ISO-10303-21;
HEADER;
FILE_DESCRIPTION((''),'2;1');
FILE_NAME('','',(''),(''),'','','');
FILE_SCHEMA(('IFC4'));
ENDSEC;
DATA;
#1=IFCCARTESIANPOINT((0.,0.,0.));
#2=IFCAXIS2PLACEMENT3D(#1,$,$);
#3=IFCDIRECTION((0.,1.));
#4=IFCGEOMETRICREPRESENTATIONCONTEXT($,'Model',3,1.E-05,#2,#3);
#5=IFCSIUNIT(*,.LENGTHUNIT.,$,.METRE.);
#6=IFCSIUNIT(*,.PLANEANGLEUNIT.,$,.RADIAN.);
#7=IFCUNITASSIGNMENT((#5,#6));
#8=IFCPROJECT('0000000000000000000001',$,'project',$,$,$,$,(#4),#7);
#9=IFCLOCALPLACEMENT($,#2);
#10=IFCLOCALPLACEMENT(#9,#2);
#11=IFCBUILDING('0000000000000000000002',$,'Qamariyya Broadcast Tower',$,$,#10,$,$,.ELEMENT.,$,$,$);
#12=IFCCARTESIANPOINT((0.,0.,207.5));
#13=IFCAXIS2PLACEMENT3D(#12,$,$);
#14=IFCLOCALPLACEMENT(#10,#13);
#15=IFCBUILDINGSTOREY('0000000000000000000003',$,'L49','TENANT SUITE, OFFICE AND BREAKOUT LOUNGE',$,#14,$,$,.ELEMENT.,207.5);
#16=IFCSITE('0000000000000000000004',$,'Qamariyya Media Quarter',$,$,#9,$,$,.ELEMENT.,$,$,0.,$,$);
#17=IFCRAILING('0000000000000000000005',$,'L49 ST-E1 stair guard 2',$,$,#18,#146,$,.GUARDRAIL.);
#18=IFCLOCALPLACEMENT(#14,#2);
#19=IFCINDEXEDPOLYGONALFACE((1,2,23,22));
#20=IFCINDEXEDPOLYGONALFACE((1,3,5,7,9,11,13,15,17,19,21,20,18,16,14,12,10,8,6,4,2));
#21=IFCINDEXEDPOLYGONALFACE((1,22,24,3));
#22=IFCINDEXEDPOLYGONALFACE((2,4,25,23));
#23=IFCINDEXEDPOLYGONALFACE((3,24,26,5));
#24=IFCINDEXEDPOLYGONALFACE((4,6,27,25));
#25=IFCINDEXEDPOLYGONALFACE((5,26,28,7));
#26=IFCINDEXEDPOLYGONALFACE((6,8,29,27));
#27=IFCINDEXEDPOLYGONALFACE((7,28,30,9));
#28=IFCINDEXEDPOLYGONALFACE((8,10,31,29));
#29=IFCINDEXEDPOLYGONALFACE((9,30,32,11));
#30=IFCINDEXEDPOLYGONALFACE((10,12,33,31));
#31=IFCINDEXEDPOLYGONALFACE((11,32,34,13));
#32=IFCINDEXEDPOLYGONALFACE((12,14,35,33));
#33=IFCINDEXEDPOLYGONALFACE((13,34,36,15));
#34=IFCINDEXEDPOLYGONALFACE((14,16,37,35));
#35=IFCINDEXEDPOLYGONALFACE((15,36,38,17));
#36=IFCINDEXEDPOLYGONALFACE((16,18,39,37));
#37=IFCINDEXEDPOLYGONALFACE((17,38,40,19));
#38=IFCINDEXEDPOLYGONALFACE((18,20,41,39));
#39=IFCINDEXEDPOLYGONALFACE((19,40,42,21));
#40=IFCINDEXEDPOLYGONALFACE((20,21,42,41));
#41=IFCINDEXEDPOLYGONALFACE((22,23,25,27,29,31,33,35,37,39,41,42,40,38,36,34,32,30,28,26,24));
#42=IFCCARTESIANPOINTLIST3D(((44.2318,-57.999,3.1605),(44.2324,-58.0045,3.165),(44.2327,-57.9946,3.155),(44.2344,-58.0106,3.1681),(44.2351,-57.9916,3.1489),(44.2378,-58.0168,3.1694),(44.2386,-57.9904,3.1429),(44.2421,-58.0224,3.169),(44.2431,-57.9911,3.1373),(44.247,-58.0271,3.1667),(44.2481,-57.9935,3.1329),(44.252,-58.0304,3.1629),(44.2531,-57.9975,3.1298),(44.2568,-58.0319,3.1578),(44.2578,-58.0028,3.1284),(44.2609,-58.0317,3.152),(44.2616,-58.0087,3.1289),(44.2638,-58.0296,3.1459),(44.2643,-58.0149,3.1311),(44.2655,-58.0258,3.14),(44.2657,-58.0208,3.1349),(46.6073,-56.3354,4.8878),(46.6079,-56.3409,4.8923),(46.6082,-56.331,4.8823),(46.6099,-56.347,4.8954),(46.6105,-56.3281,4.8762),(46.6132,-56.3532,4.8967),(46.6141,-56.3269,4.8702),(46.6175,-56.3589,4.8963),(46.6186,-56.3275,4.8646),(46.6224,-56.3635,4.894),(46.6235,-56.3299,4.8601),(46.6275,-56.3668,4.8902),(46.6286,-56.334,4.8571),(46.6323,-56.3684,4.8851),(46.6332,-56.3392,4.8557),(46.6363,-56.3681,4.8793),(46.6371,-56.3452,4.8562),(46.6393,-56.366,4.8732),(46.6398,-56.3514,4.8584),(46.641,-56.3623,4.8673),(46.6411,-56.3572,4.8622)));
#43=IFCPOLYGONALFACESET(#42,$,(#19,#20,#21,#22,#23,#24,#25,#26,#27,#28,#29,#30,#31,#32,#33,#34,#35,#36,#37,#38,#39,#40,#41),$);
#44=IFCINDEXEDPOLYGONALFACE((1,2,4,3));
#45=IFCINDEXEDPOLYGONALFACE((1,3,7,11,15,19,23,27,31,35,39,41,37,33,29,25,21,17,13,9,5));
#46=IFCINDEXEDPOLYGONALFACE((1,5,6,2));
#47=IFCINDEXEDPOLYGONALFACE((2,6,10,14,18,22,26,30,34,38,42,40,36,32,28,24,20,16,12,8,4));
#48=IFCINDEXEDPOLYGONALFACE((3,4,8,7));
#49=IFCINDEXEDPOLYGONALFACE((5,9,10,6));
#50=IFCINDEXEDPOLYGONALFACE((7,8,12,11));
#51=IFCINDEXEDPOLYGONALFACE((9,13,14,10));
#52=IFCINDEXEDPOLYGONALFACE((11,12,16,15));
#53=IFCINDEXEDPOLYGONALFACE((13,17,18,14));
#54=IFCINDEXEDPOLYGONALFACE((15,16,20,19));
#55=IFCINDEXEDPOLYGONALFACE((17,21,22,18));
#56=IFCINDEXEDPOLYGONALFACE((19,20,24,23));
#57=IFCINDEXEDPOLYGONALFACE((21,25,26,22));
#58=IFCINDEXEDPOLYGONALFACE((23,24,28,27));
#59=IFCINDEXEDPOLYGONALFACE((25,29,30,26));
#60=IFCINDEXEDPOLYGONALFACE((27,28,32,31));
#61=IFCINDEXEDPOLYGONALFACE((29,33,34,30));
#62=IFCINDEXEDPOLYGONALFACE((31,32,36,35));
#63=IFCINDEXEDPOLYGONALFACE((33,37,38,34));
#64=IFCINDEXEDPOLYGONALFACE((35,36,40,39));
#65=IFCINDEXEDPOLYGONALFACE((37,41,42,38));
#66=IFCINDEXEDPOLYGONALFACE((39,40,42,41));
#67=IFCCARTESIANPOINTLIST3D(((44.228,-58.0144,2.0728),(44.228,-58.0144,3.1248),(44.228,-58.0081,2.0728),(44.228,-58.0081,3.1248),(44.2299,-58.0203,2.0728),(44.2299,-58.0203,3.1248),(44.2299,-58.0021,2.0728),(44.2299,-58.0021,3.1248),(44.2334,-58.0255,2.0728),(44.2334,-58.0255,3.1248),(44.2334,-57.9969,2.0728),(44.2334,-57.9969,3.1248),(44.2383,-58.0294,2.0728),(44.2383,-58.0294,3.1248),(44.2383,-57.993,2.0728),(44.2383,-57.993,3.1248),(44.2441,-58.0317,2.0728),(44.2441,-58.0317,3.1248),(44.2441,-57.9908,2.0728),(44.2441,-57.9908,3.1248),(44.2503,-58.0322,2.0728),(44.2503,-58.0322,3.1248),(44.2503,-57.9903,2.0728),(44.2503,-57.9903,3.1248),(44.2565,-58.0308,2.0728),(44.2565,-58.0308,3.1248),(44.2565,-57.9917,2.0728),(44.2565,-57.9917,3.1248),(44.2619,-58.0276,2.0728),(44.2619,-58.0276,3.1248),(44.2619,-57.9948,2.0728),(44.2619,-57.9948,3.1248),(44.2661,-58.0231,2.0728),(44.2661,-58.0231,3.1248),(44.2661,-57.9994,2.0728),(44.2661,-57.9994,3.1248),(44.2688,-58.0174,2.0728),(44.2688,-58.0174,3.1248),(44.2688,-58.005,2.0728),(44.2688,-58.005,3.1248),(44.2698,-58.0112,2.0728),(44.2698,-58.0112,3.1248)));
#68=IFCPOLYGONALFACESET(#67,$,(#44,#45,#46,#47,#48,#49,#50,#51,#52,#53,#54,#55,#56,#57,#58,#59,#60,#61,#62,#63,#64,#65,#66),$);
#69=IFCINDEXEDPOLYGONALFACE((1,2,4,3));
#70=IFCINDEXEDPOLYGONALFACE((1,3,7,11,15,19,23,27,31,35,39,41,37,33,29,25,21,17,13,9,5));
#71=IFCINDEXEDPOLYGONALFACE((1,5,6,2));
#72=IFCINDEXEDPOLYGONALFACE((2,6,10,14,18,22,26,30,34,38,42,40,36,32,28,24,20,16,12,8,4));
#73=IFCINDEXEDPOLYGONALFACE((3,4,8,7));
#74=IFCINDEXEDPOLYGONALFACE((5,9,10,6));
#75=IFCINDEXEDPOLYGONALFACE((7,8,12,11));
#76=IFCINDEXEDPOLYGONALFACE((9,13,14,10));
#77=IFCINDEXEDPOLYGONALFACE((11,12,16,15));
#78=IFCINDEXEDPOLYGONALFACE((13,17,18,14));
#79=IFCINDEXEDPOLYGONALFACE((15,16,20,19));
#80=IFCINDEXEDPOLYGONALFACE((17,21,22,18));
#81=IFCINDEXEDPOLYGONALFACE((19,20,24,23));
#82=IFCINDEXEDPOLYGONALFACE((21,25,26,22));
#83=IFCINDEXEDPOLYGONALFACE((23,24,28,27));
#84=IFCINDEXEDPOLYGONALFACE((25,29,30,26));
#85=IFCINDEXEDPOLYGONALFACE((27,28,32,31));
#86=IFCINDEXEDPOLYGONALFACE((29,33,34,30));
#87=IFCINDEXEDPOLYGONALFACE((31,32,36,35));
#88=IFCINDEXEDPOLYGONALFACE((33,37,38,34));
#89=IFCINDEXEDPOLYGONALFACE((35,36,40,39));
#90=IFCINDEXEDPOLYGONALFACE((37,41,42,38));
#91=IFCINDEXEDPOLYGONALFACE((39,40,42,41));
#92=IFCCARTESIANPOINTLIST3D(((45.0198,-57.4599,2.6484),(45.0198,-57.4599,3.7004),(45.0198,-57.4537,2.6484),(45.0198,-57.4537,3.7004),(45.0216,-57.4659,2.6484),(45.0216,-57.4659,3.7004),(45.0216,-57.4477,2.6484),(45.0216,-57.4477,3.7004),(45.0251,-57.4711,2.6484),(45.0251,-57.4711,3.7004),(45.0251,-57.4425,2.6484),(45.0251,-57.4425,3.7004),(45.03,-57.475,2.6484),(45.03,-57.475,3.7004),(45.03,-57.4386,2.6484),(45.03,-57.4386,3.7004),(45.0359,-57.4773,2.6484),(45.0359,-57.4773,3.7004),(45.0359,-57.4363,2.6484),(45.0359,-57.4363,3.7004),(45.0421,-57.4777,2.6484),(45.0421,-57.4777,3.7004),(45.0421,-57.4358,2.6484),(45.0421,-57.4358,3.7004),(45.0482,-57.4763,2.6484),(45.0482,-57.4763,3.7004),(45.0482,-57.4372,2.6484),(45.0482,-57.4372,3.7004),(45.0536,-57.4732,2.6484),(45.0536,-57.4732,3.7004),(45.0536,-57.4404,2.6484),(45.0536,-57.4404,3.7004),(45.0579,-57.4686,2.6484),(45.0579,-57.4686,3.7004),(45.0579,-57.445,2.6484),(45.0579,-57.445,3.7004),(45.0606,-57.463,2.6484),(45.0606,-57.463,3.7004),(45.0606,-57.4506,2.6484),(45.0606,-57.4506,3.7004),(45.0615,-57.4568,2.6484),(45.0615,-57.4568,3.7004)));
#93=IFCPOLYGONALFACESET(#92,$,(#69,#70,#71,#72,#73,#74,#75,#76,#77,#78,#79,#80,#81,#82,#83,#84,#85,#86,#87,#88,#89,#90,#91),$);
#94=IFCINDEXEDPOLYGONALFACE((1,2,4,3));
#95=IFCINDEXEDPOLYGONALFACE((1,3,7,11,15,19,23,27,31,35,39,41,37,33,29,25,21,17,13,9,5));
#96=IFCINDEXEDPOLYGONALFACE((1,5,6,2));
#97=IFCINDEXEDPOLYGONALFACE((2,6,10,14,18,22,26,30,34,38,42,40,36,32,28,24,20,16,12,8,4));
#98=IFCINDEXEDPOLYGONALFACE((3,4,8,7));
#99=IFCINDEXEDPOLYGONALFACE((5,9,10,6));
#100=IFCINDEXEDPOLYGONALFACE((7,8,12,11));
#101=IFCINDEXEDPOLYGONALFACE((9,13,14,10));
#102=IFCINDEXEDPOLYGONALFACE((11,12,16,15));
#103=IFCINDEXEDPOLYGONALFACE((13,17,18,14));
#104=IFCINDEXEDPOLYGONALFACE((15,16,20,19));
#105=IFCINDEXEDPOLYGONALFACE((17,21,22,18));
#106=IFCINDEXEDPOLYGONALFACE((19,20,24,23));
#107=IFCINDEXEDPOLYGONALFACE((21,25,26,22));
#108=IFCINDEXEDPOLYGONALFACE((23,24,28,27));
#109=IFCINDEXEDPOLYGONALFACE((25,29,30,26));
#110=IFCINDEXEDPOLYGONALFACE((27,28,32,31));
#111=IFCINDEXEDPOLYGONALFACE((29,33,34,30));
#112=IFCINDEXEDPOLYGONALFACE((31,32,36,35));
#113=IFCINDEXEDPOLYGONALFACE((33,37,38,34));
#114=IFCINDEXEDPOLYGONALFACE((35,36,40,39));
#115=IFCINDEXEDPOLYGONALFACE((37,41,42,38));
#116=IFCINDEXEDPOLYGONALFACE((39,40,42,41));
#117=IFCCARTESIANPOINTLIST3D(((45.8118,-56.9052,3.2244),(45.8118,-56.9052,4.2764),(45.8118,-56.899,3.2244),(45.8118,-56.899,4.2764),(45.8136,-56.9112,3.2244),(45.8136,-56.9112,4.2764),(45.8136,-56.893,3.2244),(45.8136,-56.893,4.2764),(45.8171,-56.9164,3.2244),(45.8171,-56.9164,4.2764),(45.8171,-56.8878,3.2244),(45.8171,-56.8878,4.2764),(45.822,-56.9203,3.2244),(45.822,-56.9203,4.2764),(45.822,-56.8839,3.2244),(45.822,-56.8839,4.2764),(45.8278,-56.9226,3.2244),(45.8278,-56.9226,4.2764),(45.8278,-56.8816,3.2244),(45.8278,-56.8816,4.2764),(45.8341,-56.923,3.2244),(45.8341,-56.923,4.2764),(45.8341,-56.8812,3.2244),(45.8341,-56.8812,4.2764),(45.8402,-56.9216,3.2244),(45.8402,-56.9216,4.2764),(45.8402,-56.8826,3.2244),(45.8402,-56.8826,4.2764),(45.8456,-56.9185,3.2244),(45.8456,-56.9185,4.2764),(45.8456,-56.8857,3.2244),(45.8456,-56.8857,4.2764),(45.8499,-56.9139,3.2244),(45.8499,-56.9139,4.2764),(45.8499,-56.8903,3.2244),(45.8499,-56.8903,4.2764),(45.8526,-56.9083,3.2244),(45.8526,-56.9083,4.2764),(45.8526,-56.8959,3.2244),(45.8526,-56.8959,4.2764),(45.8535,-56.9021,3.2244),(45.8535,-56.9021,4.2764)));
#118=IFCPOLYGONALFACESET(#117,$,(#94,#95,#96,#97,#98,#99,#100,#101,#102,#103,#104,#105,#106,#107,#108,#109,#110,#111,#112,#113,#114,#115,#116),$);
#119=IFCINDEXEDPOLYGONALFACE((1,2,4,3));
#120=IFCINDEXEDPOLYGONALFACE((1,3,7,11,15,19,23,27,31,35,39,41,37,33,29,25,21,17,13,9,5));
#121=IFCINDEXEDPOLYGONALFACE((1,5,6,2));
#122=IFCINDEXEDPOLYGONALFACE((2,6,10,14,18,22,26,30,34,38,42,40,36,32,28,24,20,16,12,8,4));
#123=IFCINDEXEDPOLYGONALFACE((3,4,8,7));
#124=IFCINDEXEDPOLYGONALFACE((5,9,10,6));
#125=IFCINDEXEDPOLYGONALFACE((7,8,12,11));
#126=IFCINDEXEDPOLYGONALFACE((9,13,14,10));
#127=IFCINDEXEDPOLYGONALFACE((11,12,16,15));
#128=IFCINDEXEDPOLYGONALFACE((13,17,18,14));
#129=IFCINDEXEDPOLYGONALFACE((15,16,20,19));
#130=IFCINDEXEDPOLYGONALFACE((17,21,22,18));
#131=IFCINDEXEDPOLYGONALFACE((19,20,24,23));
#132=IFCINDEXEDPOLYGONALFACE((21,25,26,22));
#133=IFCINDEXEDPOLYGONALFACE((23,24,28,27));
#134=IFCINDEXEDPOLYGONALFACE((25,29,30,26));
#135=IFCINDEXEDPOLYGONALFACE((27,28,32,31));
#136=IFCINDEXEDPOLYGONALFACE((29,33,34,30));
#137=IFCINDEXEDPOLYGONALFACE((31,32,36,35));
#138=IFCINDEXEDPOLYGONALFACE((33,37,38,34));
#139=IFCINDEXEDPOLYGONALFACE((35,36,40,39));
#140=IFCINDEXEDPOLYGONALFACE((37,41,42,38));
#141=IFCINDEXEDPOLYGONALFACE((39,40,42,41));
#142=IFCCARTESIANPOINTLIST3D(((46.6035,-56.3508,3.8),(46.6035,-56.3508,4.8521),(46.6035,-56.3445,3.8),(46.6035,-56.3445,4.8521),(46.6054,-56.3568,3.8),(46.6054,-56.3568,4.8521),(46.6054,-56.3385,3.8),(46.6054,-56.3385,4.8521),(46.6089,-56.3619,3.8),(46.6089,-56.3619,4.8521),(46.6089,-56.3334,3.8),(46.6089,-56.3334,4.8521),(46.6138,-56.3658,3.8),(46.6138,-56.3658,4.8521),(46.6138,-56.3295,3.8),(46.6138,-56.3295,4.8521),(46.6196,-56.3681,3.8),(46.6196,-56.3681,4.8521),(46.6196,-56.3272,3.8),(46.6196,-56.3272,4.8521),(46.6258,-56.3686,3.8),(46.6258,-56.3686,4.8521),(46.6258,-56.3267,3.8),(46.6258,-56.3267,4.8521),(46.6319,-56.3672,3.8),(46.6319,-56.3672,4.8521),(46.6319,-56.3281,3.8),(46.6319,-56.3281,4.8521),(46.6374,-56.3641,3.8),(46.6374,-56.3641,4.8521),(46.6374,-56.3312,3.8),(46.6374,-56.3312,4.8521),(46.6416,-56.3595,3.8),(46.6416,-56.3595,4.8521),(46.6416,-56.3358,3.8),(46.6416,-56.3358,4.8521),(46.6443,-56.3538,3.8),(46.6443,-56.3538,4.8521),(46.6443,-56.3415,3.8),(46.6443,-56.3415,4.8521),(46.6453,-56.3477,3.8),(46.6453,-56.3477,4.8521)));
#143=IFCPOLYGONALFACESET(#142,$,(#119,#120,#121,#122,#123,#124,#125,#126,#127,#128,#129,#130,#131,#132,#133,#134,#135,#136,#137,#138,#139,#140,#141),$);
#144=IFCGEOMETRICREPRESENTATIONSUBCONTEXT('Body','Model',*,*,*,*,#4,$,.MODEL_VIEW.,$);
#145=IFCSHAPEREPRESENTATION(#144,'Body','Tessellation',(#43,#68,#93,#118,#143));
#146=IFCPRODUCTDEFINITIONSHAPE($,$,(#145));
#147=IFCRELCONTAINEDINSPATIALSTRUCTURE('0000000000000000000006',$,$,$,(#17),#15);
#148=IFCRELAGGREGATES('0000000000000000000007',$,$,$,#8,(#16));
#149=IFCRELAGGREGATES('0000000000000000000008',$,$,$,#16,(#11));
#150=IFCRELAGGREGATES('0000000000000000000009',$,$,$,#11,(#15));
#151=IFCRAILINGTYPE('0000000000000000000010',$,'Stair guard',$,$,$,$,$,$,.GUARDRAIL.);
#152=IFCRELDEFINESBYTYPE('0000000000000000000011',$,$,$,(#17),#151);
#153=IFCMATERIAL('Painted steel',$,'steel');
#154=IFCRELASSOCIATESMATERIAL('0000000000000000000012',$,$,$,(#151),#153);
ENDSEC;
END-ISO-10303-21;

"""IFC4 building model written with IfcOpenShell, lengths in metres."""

from ifc_helpers import new_model, si_unit, direction, frame, origin, origin_2d, place, context, subcontext, project, spatial, circle, extrude, material, type_object, element, save


model = new_model("IFC4")

# Units and contexts
model_context = context("Model", 3, precision=1e-05, world=origin(), true_north=direction((0.0, 1.0)))
body_context = subcontext(model_context, "Body", "Model", "MODEL_VIEW")
ifc_project = project(units=[si_unit("LENGTHUNIT", "METRE"), si_unit("PLANEANGLEUNIT", "RADIAN")], contexts=[model_context])

# Site, building, storey
site_placement = place(None, origin())
site = spatial("IfcSite", under=ifc_project, at=site_placement, Name="Qamariyya Media Quarter", CompositionType="ELEMENT", RefElevation=0.0)
building_placement = place(site_placement, origin())
building = spatial("IfcBuilding", under=site, at=building_placement, Name="Qamariyya Broadcast Tower", CompositionType="ELEMENT")
storey_placement = place(building_placement, frame((0.0, 0.0, 207.5)))
storey = spatial("IfcBuildingStorey", under=building, at=storey_placement, Name="L49", Description="TENANT SUITE, OFFICE AND BREAKOUT LOUNGE", CompositionType="ELEMENT", Elevation=207.5)

# Railing
ifc_material_1 = material(Name="Painted steel", Category="steel")
railing_type_1 = type_object("IfcRailingType", Name="Stair guard", PredefinedType="GUARDRAIL", material=ifc_material_1)
railing_1_placement = place(storey_placement, frame((44.2488, -58.0112, 2.0728)))
element("IfcRailing", 1, at=railing_1_placement, inside=storey, type_object=railing_type_1, Name="L49 ST-E1 stair guard 2", PredefinedType="GUARDRAIL", context=body_context, shape_type="SweptSolid", body=[
    extrude(circle(Radius=0.0239, at=origin_2d()), frame((0.0, 0.0, 1.0762), z_axis=(0.703745, 0.492838, 0.511716), x_axis=(-0.573632, 0.819113, 0.0)), (0.0, 0.0, 1.0), 3.3755),
    extrude(circle(Radius=0.021, at=origin_2d()), origin(), (0.0, 0.0, 1.0), 1.052),
    extrude(circle(Radius=0.021, at=origin_2d()), frame((0.7917, 0.5544, 0.5757)), (0.0, 0.0, 1.0), 1.052),
    extrude(circle(Radius=0.021, at=origin_2d()), frame((1.5837, 1.1091, 1.1516)), (0.0, 0.0, 1.0), 1.052),
    extrude(circle(Radius=0.021, at=origin_2d()), frame((2.3755, 1.6636, 1.7273)), (0.0, 0.0, 1.0), 1.052),
])

save(model, "model.ifc")
